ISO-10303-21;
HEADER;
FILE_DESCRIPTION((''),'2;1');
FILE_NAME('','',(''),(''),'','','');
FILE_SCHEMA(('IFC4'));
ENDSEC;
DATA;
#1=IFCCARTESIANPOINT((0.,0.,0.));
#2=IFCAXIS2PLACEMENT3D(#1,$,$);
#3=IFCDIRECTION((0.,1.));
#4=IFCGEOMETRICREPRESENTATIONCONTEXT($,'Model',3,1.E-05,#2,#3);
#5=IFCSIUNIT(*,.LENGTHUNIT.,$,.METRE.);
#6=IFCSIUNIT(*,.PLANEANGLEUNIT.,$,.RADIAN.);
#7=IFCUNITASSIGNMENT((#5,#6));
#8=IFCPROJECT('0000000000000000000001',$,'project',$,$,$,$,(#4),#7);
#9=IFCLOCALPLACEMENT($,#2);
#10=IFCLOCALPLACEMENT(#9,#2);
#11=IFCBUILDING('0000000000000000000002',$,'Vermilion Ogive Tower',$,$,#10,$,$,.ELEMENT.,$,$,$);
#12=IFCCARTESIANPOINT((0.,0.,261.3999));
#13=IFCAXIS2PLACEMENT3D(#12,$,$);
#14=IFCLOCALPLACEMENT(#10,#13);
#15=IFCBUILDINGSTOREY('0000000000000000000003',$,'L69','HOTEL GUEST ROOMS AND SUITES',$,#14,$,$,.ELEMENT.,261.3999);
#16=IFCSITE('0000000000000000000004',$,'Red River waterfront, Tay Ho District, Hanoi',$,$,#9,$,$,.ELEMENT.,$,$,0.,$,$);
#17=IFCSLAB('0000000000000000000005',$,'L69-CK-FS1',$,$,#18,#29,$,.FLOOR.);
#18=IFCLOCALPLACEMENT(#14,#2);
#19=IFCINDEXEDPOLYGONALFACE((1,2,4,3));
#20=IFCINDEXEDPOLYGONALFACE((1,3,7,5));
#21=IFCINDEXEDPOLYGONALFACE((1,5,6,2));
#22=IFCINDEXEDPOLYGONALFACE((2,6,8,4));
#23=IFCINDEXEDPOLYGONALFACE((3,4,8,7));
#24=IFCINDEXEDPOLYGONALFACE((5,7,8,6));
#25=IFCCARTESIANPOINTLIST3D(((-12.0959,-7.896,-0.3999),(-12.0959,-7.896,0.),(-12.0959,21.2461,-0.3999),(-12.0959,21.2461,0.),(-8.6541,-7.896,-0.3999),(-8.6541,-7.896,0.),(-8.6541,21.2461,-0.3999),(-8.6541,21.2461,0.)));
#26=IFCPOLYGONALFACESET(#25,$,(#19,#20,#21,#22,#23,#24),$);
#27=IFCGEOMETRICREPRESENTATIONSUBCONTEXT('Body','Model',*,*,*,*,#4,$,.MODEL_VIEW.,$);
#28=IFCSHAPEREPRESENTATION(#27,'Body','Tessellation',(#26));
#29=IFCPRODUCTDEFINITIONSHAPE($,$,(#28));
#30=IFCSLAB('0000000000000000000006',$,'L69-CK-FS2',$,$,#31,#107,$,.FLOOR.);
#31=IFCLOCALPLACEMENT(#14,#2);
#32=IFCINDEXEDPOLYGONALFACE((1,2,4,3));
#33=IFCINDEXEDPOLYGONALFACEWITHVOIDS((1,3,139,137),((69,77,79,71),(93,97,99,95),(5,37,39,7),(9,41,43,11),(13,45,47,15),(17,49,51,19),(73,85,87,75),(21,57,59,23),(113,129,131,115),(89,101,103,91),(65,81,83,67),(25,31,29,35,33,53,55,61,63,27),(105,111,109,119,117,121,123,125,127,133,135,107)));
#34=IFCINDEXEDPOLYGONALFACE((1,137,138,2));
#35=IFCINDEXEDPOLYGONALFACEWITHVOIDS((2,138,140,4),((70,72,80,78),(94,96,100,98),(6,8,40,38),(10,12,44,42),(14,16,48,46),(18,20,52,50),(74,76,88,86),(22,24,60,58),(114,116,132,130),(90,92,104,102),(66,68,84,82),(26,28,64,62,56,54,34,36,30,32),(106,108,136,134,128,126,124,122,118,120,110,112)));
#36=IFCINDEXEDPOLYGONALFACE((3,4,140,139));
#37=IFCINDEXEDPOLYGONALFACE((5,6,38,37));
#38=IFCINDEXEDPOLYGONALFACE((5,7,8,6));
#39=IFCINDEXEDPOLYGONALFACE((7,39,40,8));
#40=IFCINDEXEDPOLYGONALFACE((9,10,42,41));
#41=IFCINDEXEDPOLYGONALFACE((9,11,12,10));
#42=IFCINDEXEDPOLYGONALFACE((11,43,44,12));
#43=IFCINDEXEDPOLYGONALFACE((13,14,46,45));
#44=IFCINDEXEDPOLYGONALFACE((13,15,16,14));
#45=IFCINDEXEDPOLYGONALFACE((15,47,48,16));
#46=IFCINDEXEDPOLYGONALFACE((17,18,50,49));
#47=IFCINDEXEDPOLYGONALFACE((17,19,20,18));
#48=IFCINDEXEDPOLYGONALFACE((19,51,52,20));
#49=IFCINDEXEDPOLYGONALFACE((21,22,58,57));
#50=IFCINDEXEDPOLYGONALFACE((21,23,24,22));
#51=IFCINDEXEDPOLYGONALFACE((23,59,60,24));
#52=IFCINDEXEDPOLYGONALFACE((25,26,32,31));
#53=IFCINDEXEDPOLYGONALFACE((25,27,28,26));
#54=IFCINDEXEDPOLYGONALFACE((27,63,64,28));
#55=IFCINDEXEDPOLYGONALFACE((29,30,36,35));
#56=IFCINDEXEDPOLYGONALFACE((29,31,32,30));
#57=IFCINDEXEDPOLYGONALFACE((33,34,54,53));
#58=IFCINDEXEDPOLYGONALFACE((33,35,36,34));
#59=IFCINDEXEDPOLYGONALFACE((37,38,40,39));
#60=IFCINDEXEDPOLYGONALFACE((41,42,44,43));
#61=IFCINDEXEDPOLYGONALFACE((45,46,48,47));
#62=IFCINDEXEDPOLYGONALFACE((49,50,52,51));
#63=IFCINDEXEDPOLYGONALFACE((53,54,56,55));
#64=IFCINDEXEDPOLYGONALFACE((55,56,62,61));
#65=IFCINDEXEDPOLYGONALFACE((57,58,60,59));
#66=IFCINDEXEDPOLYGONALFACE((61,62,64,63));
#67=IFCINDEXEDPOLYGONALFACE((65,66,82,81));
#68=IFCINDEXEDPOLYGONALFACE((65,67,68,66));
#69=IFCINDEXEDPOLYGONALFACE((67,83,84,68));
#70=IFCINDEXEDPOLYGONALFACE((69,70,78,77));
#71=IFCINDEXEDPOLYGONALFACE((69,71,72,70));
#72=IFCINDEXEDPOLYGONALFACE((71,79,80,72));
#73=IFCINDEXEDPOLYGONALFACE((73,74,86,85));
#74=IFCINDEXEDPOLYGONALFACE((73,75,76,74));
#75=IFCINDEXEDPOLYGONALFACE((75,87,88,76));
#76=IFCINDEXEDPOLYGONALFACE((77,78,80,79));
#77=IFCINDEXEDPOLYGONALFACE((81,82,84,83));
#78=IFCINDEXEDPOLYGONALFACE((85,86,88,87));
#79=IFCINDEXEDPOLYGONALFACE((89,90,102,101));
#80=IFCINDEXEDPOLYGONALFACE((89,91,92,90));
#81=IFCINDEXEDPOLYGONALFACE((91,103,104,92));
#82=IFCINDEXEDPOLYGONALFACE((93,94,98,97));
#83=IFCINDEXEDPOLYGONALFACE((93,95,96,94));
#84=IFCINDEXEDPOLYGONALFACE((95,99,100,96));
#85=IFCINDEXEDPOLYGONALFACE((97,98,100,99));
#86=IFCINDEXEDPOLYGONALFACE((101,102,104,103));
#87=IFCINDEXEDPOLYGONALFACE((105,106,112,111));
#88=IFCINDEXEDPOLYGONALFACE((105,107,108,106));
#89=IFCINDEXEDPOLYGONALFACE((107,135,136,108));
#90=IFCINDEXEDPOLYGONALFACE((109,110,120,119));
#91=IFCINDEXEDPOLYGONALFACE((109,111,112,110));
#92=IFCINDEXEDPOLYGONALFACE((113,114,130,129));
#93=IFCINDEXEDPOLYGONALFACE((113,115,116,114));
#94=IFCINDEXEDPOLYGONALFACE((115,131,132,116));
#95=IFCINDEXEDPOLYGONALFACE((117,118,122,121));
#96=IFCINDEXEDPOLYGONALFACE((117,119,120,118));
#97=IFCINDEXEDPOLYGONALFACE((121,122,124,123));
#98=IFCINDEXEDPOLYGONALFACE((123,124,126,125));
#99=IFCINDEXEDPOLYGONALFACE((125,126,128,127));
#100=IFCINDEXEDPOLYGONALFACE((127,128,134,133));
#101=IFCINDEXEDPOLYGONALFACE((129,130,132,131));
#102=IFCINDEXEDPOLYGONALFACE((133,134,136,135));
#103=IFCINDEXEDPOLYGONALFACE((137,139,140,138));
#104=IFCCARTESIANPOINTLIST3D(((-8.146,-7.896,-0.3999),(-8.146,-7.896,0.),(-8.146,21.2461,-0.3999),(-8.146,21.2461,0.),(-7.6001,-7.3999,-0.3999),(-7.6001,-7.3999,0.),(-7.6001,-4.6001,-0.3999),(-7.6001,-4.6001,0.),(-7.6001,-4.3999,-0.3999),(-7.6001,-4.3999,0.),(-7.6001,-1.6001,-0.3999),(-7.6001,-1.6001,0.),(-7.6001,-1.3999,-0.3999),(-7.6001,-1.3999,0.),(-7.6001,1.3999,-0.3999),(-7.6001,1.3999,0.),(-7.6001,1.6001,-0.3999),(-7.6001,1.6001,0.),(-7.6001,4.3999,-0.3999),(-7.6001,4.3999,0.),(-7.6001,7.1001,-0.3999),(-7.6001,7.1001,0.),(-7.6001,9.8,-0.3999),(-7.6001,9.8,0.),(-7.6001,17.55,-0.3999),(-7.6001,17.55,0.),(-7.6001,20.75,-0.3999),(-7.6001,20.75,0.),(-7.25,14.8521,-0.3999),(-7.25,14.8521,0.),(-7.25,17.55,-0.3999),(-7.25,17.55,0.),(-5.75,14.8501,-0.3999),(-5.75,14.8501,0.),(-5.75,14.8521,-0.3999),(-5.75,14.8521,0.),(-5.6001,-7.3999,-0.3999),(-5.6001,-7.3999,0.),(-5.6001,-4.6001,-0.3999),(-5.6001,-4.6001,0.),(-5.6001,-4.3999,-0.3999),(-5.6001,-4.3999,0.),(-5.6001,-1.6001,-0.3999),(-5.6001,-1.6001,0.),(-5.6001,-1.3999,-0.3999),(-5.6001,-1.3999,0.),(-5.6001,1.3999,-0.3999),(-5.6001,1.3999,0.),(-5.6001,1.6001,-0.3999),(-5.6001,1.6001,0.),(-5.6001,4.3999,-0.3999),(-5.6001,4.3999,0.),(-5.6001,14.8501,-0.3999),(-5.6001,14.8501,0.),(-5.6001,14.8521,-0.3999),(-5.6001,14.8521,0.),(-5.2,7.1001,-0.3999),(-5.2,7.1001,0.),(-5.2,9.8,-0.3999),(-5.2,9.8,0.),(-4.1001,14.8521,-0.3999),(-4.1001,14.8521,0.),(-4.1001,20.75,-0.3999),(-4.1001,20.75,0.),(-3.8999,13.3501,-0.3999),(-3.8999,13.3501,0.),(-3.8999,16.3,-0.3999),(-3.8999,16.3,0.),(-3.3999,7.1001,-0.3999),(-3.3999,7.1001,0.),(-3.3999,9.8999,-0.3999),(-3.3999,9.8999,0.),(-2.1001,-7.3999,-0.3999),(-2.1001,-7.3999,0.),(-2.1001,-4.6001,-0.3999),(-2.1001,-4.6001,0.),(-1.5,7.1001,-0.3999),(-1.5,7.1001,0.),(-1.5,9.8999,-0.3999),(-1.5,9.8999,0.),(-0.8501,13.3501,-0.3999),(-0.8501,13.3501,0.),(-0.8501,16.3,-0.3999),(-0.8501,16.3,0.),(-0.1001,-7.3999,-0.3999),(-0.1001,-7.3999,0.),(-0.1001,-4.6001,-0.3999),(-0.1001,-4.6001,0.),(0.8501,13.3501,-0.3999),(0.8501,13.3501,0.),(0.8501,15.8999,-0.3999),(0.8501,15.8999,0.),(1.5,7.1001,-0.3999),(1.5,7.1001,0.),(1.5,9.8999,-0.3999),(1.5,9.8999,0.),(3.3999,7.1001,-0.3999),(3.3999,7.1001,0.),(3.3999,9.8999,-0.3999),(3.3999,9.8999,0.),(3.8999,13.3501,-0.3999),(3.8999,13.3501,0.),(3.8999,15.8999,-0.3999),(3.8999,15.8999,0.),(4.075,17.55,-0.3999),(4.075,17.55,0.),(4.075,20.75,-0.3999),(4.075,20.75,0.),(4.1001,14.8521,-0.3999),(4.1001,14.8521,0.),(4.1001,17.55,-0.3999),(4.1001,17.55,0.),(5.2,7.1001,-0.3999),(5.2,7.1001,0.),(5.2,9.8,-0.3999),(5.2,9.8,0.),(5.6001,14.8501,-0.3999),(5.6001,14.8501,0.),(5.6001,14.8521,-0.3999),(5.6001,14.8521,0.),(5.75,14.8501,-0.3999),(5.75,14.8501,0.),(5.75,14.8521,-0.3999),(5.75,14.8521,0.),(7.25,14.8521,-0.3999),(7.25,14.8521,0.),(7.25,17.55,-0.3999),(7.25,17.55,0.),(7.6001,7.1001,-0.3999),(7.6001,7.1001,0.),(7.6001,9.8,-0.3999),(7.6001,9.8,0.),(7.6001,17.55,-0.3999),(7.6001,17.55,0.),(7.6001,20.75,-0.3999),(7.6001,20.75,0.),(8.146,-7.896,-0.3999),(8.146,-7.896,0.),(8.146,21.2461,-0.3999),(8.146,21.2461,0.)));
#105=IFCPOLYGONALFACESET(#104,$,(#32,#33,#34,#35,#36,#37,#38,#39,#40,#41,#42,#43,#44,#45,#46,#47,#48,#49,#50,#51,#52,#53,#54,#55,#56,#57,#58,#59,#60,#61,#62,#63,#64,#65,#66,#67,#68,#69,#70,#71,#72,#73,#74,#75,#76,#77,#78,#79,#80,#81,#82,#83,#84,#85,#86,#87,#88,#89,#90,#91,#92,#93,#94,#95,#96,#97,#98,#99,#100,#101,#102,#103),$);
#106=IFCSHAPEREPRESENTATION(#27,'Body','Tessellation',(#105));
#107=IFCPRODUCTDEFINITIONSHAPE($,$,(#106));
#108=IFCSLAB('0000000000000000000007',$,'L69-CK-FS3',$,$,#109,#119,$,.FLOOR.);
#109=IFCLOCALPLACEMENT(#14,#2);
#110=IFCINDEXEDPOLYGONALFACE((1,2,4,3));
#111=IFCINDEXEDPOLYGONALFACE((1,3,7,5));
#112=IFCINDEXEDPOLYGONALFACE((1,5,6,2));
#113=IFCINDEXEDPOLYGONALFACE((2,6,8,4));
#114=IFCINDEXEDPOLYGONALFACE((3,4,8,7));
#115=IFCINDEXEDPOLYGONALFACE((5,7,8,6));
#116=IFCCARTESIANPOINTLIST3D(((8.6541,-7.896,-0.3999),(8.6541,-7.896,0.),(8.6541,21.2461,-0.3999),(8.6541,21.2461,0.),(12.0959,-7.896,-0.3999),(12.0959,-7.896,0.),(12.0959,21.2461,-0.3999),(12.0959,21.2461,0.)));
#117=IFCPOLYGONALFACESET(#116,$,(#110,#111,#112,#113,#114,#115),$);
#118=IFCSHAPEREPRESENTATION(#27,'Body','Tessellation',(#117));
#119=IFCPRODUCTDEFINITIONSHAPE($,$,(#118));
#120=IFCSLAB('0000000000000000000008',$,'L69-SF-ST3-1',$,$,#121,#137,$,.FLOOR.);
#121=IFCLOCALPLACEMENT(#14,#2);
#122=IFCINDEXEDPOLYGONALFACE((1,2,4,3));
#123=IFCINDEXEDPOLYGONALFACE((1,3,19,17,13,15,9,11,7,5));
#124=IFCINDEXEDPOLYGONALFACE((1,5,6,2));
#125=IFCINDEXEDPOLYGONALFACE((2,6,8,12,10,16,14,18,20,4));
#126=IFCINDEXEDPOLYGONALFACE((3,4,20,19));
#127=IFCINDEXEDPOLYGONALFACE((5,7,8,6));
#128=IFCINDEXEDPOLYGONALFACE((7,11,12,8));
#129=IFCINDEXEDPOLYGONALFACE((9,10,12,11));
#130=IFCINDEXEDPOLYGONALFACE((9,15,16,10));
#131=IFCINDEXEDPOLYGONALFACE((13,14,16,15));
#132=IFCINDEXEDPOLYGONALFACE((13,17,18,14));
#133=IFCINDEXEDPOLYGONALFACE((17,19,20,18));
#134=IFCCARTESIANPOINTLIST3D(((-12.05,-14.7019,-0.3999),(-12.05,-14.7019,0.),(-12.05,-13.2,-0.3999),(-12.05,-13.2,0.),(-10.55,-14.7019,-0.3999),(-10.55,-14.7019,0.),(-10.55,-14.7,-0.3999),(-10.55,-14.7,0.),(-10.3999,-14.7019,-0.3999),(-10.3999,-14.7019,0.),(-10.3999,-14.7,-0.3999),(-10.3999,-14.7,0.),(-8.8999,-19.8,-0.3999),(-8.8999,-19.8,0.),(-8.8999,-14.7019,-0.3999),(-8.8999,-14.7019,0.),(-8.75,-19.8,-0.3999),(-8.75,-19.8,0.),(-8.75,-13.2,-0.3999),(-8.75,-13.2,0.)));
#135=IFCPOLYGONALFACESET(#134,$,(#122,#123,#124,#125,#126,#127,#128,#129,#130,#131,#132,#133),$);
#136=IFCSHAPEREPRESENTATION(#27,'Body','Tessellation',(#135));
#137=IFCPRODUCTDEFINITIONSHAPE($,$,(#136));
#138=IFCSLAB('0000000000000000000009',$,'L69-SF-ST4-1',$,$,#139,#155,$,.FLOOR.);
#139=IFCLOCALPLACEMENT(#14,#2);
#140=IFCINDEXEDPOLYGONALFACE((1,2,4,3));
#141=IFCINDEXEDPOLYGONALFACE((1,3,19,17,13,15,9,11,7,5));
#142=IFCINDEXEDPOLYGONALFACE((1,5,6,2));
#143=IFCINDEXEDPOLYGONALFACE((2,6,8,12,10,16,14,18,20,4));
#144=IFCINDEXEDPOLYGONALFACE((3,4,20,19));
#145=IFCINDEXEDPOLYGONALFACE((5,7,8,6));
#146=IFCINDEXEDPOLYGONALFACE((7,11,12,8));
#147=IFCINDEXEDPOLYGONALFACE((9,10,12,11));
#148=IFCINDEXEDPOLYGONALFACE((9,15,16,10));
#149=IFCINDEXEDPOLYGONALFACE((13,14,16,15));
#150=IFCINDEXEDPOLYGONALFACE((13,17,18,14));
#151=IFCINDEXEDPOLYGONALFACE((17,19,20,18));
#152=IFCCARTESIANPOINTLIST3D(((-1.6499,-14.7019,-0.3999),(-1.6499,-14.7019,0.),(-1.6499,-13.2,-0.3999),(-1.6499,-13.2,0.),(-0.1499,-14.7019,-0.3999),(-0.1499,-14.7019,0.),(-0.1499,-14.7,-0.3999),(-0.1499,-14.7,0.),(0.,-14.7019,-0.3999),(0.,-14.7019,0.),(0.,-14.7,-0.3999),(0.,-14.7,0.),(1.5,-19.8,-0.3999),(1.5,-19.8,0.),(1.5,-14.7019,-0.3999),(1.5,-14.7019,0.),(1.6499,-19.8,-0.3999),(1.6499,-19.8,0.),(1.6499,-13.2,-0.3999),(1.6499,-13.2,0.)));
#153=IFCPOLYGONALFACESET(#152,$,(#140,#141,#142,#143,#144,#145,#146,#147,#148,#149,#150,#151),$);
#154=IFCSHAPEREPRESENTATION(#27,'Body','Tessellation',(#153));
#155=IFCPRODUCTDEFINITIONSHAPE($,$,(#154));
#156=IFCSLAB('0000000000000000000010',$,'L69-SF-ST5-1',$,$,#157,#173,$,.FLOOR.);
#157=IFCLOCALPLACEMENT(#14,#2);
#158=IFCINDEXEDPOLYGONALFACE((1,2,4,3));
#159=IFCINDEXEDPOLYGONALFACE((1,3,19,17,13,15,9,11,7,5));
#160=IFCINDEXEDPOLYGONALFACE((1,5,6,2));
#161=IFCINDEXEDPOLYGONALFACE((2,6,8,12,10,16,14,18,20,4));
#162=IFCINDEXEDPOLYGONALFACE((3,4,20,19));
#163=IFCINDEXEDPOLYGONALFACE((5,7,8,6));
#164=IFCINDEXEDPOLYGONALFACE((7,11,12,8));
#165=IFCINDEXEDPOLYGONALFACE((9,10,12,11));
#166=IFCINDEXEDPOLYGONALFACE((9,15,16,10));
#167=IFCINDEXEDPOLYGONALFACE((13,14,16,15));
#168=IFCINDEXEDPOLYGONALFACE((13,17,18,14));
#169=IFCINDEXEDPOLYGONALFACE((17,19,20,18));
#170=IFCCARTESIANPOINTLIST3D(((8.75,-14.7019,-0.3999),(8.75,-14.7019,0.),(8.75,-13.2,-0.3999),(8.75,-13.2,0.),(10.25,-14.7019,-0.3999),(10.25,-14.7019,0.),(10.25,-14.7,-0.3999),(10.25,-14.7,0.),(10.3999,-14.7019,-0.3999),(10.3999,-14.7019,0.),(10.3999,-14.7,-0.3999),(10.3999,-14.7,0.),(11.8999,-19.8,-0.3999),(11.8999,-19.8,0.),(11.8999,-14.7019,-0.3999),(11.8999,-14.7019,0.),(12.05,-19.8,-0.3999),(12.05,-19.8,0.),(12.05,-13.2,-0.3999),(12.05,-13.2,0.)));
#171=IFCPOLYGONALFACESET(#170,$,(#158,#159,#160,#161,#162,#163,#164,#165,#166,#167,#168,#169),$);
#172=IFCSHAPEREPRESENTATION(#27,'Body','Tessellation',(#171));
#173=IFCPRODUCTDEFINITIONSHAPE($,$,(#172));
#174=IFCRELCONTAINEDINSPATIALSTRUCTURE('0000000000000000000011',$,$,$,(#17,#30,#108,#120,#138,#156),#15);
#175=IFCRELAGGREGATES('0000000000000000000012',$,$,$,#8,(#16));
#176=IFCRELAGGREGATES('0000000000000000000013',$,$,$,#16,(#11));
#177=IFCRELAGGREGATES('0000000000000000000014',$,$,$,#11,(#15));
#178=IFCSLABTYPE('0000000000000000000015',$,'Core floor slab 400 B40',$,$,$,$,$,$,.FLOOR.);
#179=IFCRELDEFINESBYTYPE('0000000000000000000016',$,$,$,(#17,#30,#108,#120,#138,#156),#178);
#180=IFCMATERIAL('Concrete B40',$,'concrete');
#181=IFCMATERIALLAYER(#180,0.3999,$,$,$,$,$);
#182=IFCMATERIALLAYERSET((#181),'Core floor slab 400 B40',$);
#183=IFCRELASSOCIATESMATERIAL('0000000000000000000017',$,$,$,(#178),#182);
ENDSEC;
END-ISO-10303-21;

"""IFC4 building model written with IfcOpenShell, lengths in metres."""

from ifc_helpers import new_model, si_unit, direction, frame, origin, place, context, subcontext, project, spatial, polyline, outline, extrude, material, layer, layer_set, type_object, element, save


model = new_model("IFC4")

# Units and contexts
model_context = context("Model", 3, precision=1e-05, world=origin(), true_north=direction((0.0, 1.0)))
body_context = subcontext(model_context, "Body", "Model", "MODEL_VIEW")
ifc_project = project(units=[si_unit("LENGTHUNIT", "METRE"), si_unit("PLANEANGLEUNIT", "RADIAN")], contexts=[model_context])

# Site, building, storey
site_placement = place(None, origin())
site = spatial("IfcSite", under=ifc_project, at=site_placement, Name="Red River waterfront, Tay Ho District, Hanoi", CompositionType="ELEMENT", RefElevation=0.0)
building_placement = place(site_placement, origin())
building = spatial("IfcBuilding", under=site, at=building_placement, Name="Vermilion Ogive Tower", CompositionType="ELEMENT")
storey_placement = place(building_placement, frame((0.0, 0.0, 261.3999)))
storey = spatial("IfcBuildingStorey", under=building, at=storey_placement, Name="L69", Description="HOTEL GUEST ROOMS AND SUITES", CompositionType="ELEMENT", Elevation=261.3999)

# Slabs
ifc_material_1 = material(Name="Concrete B40", Category="concrete")
ifc_layer_1 = layer(ifc_material_1, 0.3999)
ifc_layer_set_1 = layer_set([ifc_layer_1], Name="Core floor slab 400 B40")
slab_type_1 = type_object("IfcSlabType", Name="Core floor slab 400 B40", PredefinedType="FLOOR", material=ifc_layer_set_1)
slab_1_placement = place(storey_placement, frame((0.0, 0.0, -0.3999)))
element("IfcSlab", 1, at=slab_1_placement, inside=storey, type_object=slab_type_1, Name="L69-CK-FS1", PredefinedType="FLOOR", context=body_context, shape_type="SweptSolid", body=[
    extrude(outline(polyline([(-8.6541, 21.2461), (-8.6541, -7.896), (-12.0959, -7.896), (-12.0959, 21.2461), (-8.6541, 21.2461)])), origin(), (0.0, 0.0, 1.0), 0.3999),
])
slab_2_placement = place(storey_placement, frame((0.0, 0.0, -0.3999)))
element("IfcSlab", 2, at=slab_2_placement, inside=storey, type_object=slab_type_1, Name="L69-CK-FS2", PredefinedType="FLOOR", context=body_context, shape_type="SweptSolid", body=[
    extrude(outline(polyline([(-8.146, -7.896), (8.146, -7.896), (8.146, 21.2461), (-8.146, 21.2461), (-8.146, -7.896)]), holes=[polyline([(-7.6001, -7.3999), (-7.6001, -4.6001), (-5.6001, -4.6001), (-5.6001, -7.3999), (-7.6001, -7.3999)]), polyline([(-7.6001, -4.3999), (-7.6001, -1.6001), (-5.6001, -1.6001), (-5.6001, -4.3999), (-7.6001, -4.3999)]), polyline([(-7.6001, -1.3999), (-7.6001, 1.3999), (-5.6001, 1.3999), (-5.6001, -1.3999), (-7.6001, -1.3999)]), polyline([(-7.6001, 1.6001), (-7.6001, 4.3999), (-5.6001, 4.3999), (-5.6001, 1.6001), (-7.6001, 1.6001)]), polyline([(-7.6001, 7.1001), (-7.6001, 9.8), (-5.2, 9.8), (-5.2, 7.1001), (-7.6001, 7.1001)]), polyline([(-3.3999, 9.8999), (-1.5, 9.8999), (-1.5, 7.1001), (-3.3999, 7.1001), (-3.3999, 9.8999)]), polyline([(-7.6001, 17.55), (-7.6001, 20.75), (-4.1001, 20.75), (-4.1001, 14.8521), (-5.6001, 14.8521), (-5.6001, 14.8501), (-5.75, 14.8501), (-5.75, 14.8521), (-7.25, 14.8521), (-7.25, 17.55), (-7.6001, 17.55)]), polyline([(-2.1001, -7.3999), (-2.1001, -4.6001), (-0.1001, -4.6001), (-0.1001, -7.3999), (-2.1001, -7.3999)]), polyline([(5.2, 7.1001), (5.2, 9.8), (7.6001, 9.8), (7.6001, 7.1001), (5.2, 7.1001)]), polyline([(1.5, 7.1001), (1.5, 9.8999), (3.3999, 9.8999), (3.3999, 7.1001), (1.5, 7.1001)]), polyline([(0.8501, 13.3501), (0.8501, 15.8999), (3.8999, 15.8999), (3.8999, 13.3501), (0.8501, 13.3501)]), polyline([(-3.8999, 16.3), (-0.8501, 16.3), (-0.8501, 13.3501), (-3.8999, 13.3501), (-3.8999, 16.3)]), polyline([(5.75, 14.8501), (5.6001, 14.8501), (5.6001, 14.8521), (4.1001, 14.8521), (4.1001, 17.55), (4.075, 17.55), (4.075, 20.75), (7.6001, 20.75), (7.6001, 17.55), (7.25, 17.55), (7.25, 14.8521), (5.75, 14.8521), (5.75, 14.8501)])]), origin(), (0.0, 0.0, 1.0), 0.3999),
])
slab_3_placement = place(storey_placement, frame((0.0, 0.0, -0.3999)))
element("IfcSlab", 3, at=slab_3_placement, inside=storey, type_object=slab_type_1, Name="L69-CK-FS3", PredefinedType="FLOOR", context=body_context, shape_type="SweptSolid", body=[
    extrude(outline(polyline([(8.6541, 21.2461), (12.0959, 21.2461), (12.0959, -7.896), (8.6541, -7.896), (8.6541, 21.2461)])), origin(), (0.0, 0.0, 1.0), 0.3999),
])
slab_4_placement = place(storey_placement, frame((0.0, 0.0, -0.3999)))
element("IfcSlab", 4, at=slab_4_placement, inside=storey, type_object=slab_type_1, Name="L69-SF-ST3-1", PredefinedType="FLOOR", context=body_context, shape_type="SweptSolid", body=[
    extrude(outline(polyline([(-12.05, -13.2), (-12.05, -14.7019), (-10.55, -14.7019), (-10.55, -14.7), (-10.3999, -14.7), (-10.3999, -14.7019), (-8.8999, -14.7019), (-8.8999, -19.8), (-8.75, -19.8), (-8.75, -13.2), (-12.05, -13.2)])), origin(), (0.0, 0.0, 1.0), 0.3999),
])
slab_5_placement = place(storey_placement, frame((0.0, 0.0, -0.3999)))
element("IfcSlab", 5, at=slab_5_placement, inside=storey, type_object=slab_type_1, Name="L69-SF-ST4-1", PredefinedType="FLOOR", context=body_context, shape_type="SweptSolid", body=[
    extrude(outline(polyline([(-1.6499, -13.2), (-1.6499, -14.7019), (-0.1499, -14.7019), (-0.1499, -14.7), (0.0, -14.7), (0.0, -14.7019), (1.5, -14.7019), (1.5, -19.8), (1.6499, -19.8), (1.6499, -13.2), (-1.6499, -13.2)])), origin(), (0.0, 0.0, 1.0), 0.3999),
])
slab_6_placement = place(storey_placement, frame((0.0, 0.0, -0.3999)))
element("IfcSlab", 6, at=slab_6_placement, inside=storey, type_object=slab_type_1, Name="L69-SF-ST5-1", PredefinedType="FLOOR", context=body_context, shape_type="SweptSolid", body=[
    extrude(outline(polyline([(8.75, -13.2), (8.75, -14.7019), (10.25, -14.7019), (10.25, -14.7), (10.3999, -14.7), (10.3999, -14.7019), (11.8999, -14.7019), (11.8999, -19.8), (12.05, -19.8), (12.05, -13.2), (8.75, -13.2)])), origin(), (0.0, 0.0, 1.0), 0.3999),
])

save(model, "model.ifc")
